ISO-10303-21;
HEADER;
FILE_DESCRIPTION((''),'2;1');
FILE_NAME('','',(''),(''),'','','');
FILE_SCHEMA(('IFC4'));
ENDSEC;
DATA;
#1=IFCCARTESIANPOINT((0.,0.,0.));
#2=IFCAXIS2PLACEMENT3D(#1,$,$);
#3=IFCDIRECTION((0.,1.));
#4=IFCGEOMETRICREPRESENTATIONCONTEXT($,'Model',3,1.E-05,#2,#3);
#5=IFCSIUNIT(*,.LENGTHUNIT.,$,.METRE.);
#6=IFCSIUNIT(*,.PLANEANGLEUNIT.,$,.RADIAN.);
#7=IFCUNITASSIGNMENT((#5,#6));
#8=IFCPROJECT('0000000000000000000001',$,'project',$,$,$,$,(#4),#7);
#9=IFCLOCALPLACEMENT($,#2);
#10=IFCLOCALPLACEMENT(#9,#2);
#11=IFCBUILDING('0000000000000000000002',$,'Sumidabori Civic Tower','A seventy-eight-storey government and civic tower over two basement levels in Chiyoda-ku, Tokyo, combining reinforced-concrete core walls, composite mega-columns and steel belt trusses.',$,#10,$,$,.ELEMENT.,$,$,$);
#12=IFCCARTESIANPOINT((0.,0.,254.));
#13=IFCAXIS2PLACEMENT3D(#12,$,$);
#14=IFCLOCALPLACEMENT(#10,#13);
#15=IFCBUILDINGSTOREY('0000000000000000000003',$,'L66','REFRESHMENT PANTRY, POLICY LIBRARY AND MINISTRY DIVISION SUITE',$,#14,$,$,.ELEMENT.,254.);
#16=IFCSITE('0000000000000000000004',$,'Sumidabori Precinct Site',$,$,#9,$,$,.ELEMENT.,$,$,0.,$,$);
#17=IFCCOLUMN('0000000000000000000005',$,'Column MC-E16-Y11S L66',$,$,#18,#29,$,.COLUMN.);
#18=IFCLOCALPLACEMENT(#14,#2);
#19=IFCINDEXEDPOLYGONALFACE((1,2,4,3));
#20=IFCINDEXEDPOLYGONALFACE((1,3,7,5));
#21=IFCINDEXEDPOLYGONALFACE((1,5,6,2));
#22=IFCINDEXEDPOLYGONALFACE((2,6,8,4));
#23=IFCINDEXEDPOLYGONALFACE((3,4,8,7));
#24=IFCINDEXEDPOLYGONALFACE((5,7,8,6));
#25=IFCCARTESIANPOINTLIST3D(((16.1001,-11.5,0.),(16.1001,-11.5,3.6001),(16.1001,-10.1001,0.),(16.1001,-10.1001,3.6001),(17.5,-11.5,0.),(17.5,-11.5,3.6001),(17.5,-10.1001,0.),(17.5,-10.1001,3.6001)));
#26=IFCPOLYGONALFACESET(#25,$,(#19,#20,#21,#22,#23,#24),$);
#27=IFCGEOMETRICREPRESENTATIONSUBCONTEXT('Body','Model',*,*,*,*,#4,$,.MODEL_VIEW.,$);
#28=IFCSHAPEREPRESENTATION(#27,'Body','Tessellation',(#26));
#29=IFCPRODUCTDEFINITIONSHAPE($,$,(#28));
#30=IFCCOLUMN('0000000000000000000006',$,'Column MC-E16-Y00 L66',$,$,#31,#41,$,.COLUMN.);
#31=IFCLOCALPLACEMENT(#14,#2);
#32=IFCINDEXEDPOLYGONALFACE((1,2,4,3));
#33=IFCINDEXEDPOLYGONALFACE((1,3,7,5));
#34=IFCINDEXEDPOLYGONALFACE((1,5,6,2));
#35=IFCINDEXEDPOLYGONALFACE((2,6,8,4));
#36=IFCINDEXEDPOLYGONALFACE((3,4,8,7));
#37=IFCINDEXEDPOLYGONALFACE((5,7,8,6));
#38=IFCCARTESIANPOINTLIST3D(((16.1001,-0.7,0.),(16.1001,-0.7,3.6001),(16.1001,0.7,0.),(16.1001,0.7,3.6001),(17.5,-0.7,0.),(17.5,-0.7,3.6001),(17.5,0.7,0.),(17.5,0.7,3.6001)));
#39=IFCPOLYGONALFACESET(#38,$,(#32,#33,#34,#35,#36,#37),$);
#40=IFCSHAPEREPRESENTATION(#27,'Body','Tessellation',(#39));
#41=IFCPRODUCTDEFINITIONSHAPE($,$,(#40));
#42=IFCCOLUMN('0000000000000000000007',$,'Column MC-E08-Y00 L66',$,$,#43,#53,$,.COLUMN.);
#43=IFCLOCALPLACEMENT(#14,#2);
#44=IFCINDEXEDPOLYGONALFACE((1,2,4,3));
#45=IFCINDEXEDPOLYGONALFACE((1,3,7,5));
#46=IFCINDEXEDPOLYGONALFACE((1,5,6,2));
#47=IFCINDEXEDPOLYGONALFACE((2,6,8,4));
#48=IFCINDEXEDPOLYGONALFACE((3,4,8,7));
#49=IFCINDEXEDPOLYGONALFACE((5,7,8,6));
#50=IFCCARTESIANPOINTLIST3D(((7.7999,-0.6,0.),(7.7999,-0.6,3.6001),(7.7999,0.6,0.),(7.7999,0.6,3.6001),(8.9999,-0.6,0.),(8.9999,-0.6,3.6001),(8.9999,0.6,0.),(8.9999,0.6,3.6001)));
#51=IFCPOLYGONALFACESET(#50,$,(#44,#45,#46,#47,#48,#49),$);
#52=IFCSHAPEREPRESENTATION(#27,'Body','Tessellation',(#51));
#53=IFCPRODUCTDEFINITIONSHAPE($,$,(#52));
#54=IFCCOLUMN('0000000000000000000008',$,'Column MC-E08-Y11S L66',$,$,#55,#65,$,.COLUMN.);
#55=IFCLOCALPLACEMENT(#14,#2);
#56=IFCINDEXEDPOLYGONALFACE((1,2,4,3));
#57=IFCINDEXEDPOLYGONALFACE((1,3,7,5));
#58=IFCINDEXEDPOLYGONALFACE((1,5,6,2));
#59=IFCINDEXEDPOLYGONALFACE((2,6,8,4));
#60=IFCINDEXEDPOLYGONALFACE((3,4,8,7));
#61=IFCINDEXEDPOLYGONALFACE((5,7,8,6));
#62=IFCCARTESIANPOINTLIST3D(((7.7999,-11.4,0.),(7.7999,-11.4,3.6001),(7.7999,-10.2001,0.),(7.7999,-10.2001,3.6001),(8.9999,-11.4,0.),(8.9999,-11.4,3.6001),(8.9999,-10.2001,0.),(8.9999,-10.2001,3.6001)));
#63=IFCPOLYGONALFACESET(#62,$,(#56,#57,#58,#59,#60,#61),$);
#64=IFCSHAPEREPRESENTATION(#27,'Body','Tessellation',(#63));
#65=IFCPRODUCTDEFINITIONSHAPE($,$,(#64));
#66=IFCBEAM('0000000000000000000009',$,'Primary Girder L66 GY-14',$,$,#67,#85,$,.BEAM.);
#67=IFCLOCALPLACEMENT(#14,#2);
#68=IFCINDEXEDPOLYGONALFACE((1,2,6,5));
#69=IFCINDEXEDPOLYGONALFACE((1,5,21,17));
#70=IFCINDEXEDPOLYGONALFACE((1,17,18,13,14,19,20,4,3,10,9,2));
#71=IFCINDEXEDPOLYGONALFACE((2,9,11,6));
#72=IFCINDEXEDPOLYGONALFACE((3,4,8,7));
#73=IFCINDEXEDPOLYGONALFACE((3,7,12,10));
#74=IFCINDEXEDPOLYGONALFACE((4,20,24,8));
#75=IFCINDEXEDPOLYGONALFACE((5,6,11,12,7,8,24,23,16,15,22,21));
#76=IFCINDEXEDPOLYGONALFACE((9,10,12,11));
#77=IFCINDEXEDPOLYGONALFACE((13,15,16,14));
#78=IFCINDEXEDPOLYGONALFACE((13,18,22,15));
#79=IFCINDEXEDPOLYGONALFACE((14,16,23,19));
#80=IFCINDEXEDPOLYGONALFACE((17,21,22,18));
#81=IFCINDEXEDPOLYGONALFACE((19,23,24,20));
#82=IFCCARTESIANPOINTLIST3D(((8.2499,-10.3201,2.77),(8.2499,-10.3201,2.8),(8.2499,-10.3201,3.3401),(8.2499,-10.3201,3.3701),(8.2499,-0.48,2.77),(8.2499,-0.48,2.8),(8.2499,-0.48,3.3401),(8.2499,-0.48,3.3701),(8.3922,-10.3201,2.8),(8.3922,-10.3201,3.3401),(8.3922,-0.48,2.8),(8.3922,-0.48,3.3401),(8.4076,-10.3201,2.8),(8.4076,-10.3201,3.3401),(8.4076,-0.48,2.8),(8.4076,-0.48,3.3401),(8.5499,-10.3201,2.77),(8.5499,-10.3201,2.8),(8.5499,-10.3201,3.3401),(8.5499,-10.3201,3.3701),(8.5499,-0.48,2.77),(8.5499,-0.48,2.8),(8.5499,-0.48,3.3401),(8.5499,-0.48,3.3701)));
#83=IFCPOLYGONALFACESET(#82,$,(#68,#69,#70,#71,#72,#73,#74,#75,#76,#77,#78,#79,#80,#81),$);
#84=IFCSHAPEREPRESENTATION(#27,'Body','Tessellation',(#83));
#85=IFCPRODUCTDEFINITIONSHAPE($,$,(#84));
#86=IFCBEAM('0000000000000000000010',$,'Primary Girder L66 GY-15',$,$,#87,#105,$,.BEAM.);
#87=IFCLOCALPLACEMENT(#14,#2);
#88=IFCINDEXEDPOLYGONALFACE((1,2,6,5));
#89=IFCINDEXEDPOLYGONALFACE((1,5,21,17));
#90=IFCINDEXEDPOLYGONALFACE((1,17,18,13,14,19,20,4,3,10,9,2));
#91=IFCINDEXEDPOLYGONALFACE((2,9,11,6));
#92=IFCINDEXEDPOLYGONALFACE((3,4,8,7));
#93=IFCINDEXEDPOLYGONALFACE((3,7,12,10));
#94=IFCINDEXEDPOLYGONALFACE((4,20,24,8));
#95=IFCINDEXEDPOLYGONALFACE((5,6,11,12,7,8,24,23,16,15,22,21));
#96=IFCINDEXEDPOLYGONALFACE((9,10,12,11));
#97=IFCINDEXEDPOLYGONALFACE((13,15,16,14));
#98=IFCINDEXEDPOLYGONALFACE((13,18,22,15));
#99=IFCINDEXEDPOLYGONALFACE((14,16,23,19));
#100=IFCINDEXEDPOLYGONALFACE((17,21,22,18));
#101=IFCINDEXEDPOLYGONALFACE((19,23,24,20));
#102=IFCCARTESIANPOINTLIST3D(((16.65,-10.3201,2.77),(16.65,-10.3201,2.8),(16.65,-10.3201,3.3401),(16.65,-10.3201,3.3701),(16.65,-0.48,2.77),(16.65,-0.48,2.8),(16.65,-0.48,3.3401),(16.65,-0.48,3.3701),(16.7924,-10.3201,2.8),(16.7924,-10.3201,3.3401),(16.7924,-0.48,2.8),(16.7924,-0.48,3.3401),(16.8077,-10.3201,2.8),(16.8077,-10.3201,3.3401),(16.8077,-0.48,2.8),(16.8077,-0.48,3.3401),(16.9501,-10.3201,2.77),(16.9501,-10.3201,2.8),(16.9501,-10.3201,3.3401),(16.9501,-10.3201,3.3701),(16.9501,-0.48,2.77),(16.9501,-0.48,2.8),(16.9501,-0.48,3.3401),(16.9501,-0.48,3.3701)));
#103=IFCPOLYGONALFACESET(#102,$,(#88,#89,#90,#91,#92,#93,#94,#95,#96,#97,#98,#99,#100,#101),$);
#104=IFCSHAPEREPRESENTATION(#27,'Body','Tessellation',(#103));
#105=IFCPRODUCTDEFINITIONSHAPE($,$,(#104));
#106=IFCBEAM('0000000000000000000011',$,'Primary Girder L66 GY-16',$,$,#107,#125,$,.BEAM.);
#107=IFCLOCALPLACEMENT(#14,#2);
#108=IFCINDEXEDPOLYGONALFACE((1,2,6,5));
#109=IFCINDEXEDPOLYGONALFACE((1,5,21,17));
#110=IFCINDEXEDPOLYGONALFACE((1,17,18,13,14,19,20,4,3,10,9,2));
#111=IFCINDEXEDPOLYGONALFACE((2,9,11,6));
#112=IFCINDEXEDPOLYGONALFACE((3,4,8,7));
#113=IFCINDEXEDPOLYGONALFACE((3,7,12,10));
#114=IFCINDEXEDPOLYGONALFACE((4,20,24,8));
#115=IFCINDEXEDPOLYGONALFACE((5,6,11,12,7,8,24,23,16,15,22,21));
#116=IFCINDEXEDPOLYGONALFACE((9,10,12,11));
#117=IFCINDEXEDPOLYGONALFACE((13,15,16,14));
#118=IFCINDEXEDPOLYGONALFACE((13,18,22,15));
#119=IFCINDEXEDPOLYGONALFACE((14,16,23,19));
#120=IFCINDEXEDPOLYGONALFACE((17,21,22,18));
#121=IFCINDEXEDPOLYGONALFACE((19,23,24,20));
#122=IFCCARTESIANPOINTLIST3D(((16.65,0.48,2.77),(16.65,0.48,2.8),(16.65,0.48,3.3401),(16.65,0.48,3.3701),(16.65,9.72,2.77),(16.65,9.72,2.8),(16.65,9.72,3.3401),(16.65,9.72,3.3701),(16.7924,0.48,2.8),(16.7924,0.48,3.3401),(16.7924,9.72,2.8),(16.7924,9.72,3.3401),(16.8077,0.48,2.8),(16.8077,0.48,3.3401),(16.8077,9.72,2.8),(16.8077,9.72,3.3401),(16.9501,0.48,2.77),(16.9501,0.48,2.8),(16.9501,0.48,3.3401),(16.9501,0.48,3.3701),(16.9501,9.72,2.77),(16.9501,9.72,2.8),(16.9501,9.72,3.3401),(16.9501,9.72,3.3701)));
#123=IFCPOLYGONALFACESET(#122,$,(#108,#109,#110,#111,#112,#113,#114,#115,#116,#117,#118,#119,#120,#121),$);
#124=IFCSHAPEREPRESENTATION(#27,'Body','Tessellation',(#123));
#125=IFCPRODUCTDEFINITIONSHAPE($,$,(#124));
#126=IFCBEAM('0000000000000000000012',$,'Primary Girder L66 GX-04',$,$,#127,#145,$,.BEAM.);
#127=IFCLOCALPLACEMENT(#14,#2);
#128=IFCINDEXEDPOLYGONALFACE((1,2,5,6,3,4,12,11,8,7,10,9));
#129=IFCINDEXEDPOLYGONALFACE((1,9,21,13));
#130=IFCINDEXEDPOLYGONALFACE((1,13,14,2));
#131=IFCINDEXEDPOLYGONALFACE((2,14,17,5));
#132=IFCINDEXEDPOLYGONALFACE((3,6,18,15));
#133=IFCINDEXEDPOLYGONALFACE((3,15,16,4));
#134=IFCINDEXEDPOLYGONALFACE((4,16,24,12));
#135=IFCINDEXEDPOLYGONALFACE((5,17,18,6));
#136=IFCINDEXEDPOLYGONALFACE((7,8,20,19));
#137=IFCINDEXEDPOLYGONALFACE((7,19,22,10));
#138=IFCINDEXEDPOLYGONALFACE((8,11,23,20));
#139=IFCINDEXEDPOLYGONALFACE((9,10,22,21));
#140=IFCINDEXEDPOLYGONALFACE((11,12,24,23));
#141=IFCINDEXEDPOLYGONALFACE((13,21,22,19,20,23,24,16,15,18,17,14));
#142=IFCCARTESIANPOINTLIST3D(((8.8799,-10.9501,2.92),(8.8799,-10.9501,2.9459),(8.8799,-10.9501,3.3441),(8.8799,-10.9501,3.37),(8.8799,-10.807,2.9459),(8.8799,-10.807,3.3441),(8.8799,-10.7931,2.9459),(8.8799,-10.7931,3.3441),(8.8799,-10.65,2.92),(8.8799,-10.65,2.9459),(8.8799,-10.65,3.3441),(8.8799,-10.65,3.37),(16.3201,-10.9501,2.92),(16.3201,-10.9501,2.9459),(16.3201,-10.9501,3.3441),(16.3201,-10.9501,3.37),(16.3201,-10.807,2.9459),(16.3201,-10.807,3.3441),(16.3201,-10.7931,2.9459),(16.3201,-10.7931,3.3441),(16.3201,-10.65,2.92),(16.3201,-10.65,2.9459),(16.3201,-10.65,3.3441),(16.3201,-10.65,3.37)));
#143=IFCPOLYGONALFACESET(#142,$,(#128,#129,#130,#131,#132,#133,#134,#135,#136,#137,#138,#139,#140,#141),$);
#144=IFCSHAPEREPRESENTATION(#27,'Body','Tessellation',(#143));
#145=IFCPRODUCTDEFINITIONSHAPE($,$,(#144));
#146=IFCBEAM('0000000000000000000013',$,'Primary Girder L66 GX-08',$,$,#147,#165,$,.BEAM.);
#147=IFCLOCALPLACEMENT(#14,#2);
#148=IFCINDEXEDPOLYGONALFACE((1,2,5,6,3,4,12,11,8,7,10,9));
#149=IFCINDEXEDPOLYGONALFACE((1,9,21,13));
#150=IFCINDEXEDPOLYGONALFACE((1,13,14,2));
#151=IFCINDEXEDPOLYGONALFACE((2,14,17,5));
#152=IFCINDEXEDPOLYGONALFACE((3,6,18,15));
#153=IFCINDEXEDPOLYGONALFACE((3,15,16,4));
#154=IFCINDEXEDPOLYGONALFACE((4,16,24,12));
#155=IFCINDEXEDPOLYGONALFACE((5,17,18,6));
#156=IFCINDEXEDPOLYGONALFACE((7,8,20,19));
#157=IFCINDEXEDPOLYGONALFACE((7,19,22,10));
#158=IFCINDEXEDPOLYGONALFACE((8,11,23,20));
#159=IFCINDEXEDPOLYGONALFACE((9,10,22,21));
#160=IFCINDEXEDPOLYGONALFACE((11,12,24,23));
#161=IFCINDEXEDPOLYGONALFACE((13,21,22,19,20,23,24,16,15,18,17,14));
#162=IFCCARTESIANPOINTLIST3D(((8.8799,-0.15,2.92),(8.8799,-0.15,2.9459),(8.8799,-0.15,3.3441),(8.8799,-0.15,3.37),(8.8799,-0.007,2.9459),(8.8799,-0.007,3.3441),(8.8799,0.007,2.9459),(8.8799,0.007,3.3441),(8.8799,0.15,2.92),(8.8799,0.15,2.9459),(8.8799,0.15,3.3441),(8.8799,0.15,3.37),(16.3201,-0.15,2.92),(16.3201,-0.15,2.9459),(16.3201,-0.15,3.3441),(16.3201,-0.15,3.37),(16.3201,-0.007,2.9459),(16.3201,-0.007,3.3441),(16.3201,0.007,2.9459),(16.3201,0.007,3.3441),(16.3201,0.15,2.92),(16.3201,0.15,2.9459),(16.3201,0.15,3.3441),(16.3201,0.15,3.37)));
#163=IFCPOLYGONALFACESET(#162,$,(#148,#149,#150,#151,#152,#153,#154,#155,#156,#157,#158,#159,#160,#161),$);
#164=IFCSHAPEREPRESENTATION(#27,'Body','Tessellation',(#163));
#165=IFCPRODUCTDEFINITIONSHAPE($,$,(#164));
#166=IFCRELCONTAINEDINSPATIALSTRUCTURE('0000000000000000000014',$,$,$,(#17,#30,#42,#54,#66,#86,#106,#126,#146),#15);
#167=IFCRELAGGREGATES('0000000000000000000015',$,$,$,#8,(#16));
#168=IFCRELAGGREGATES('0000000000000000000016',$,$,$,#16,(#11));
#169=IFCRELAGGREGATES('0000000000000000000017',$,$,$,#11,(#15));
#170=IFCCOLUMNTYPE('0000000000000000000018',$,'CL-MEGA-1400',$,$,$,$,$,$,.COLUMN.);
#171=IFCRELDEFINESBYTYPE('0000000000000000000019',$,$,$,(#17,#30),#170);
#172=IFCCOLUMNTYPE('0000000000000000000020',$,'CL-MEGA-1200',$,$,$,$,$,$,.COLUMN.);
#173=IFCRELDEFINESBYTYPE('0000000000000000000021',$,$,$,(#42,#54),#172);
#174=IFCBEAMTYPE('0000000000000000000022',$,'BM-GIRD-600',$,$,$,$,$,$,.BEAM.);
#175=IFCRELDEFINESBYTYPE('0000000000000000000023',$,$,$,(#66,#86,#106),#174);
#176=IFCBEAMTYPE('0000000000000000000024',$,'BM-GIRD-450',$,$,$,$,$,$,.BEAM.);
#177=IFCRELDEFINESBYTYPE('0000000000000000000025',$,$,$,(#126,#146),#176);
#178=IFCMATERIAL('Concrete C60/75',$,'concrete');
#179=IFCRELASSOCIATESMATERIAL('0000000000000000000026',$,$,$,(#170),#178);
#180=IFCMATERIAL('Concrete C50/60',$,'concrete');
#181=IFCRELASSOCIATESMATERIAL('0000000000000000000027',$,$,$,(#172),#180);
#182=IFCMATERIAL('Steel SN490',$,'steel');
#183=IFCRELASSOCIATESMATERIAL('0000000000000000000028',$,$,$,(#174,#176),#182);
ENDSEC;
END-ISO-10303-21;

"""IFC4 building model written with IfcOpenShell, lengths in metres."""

from ifc_helpers import new_model, si_unit, direction, frame, origin, origin_2d, place, context, subcontext, project, spatial, rectangle, i_section, extrude, source, transform, mapped, material, material_profile, profile_set, type_object, element, save


model = new_model("IFC4")

# Units and contexts
model_context = context("Model", 3, precision=1e-05, world=origin(), true_north=direction((0.0, 1.0)))
body_context = subcontext(model_context, "Body", "Model", "MODEL_VIEW")
ifc_project = project(units=[si_unit("LENGTHUNIT", "METRE"), si_unit("PLANEANGLEUNIT", "RADIAN")], contexts=[model_context])

# Site, building, storey
site_placement = place(None, origin())
site = spatial("IfcSite", under=ifc_project, at=site_placement, Name="Sumidabori Precinct Site", CompositionType="ELEMENT", RefElevation=0.0)
building_placement = place(site_placement, origin())
building = spatial("IfcBuilding", under=site, at=building_placement, Name="Sumidabori Civic Tower", Description="A seventy-eight-storey government and civic tower over two basement levels in Chiyoda-ku, Tokyo, combining reinforced-concrete core walls, composite mega-columns and steel belt trusses.", CompositionType="ELEMENT")
storey_placement = place(building_placement, frame((0.0, 0.0, 254.0)))
storey = spatial("IfcBuildingStorey", under=building, at=storey_placement, Name="L66", Description="REFRESHMENT PANTRY, POLICY LIBRARY AND MINISTRY DIVISION SUITE", CompositionType="ELEMENT", Elevation=254.0)

# Columns
ifc_material_1 = material(Name="Concrete C60/75", Category="concrete")
ifc_material_profile_1 = material_profile(ifc_material_1, rectangle(XDim=1.3999, YDim=1.3999, at=origin_2d()), Name="RC 1400x1400")
ifc_profile_set_1 = profile_set([ifc_material_profile_1], Name="Concrete C60/75")
column_type_1 = type_object("IfcColumnType", Name="CL-MEGA-1400", PredefinedType="COLUMN", material=ifc_profile_set_1)
shared_shape_1 = source(origin(), body_context, "Body", "SweptSolid", [
    extrude(rectangle(XDim=1.3999, YDim=1.3999, at=origin_2d()), origin(), (0.0, 0.0, 1.0), 3.6001),
])
for number, where, z_axis, x_axis, name in (
    (1, (16.8, -10.8, 0.0), (0.0, 0.0, 1.0), (1.0, 0.0, 0.0), "Column MC-E16-Y11S L66"),
    (2, (16.8, 0.0, 0.0), (0.0, 0.0, 1.0), (1.0, 0.0, 0.0), "Column MC-E16-Y00 L66"),
):
    element("IfcColumn", number, at=place(storey_placement, frame(where, z_axis=z_axis, x_axis=x_axis)), inside=storey, type_object=column_type_1, Name=name, PredefinedType="COLUMN", context=body_context, shape_type="MappedRepresentation", body=[
        mapped(shared_shape_1, transform((0.0, 0.0, 0.0), x_axis=(1.0, 0.0, 0.0), y_axis=(0.0, 1.0, 0.0), z_axis=(0.0, 0.0, 1.0), scale=1.0)),
    ])
ifc_material_2 = material(Name="Concrete C50/60", Category="concrete")
ifc_material_profile_2 = material_profile(ifc_material_2, rectangle(XDim=1.2, YDim=1.2, at=origin_2d()), Name="RC 1200x1200")
ifc_profile_set_2 = profile_set([ifc_material_profile_2], Name="Concrete C50/60")
column_type_2 = type_object("IfcColumnType", Name="CL-MEGA-1200", PredefinedType="COLUMN", material=ifc_profile_set_2)
shared_shape_2 = source(origin(), body_context, "Body", "SweptSolid", [
    extrude(rectangle(XDim=1.2, YDim=1.2, at=origin_2d()), origin(), (0.0, 0.0, 1.0), 3.6001),
])
for number, where, z_axis, x_axis, name in (
    (3, (8.3999, 0.0, 0.0), (0.0, 0.0, 1.0), (1.0, 0.0, 0.0), "Column MC-E08-Y00 L66"),
    (4, (8.3999, -10.8, 0.0), (0.0, 0.0, 1.0), (1.0, 0.0, 0.0), "Column MC-E08-Y11S L66"),
):
    element("IfcColumn", number, at=place(storey_placement, frame(where, z_axis=z_axis, x_axis=x_axis)), inside=storey, type_object=column_type_2, Name=name, PredefinedType="COLUMN", context=body_context, shape_type="MappedRepresentation", body=[
        mapped(shared_shape_2, transform((0.0, 0.0, 0.0), x_axis=(1.0, 0.0, 0.0), y_axis=(0.0, 1.0, 0.0), z_axis=(0.0, 0.0, 1.0), scale=1.0)),
    ])

# Beams
ifc_material_3 = material(Name="Steel SN490", Category="steel")
ifc_material_profile_3 = material_profile(ifc_material_3, i_section(OverallWidth=0.3, OverallDepth=0.6001, WebThickness=0.0154, FlangeThickness=0.03, at=origin_2d()), Name="HE 600 B")
ifc_profile_set_3 = profile_set([ifc_material_profile_3], Name="Steel SN490")
beam_type_1 = type_object("IfcBeamType", Name="BM-GIRD-600", PredefinedType="BEAM", material=ifc_profile_set_3)
shared_shape_3 = source(origin(), body_context, "Body", "SweptSolid", [
    extrude(i_section(OverallWidth=0.3, OverallDepth=0.6001, WebThickness=0.0154, FlangeThickness=0.03, at=origin_2d()), origin(), (0.0, 0.0, 1.0), 9.8401),
])
for number, where, z_axis, x_axis, name in (
    (5, (8.3999, -10.3201, 3.0701), (0.0, 1.0, 0.0), (-1.0, 0.0, 0.0), "Primary Girder L66 GY-14"),
    (6, (16.8, -10.3201, 3.0701), (0.0, 1.0, 0.0), (-1.0, 0.0, 0.0), "Primary Girder L66 GY-15"),
):
    element("IfcBeam", number, at=place(storey_placement, frame(where, z_axis=z_axis, x_axis=x_axis)), inside=storey, type_object=beam_type_1, Name=name, PredefinedType="BEAM", context=body_context, shape_type="MappedRepresentation", body=[
        mapped(shared_shape_3, transform((0.0, 0.0, 0.0), x_axis=(1.0, 0.0, 0.0), y_axis=(0.0, 1.0, 0.0), z_axis=(0.0, 0.0, 1.0), scale=1.0)),
    ])
shared_shape_4 = source(origin(), body_context, "Body", "SweptSolid", [
    extrude(i_section(OverallWidth=0.3, OverallDepth=0.6001, WebThickness=0.0154, FlangeThickness=0.03, at=origin_2d()), origin(), (0.0, 0.0, 1.0), 9.24),
])
beam_1_placement = place(storey_placement, frame((16.8, 0.48, 3.0701), z_axis=(0.0, 1.0, 0.0), x_axis=(-1.0, 0.0, 0.0)))
element("IfcBeam", 7, at=beam_1_placement, inside=storey, type_object=beam_type_1, Name="Primary Girder L66 GY-16", PredefinedType="BEAM", context=body_context, shape_type="MappedRepresentation", body=[
    mapped(shared_shape_4, transform((0.0, 0.0, 0.0), x_axis=(1.0, 0.0, 0.0), y_axis=(0.0, 1.0, 0.0), z_axis=(0.0, 0.0, 1.0), scale=1.0)),
])
ifc_material_profile_4 = material_profile(ifc_material_3, i_section(OverallWidth=0.3, OverallDepth=0.45, WebThickness=0.0139, FlangeThickness=0.0259, at=origin_2d()), Name="HE 450 B")
ifc_profile_set_4 = profile_set([ifc_material_profile_4], Name="Steel SN490")
beam_type_2 = type_object("IfcBeamType", Name="BM-GIRD-450", PredefinedType="BEAM", material=ifc_profile_set_4)
shared_shape_5 = source(origin(), body_context, "Body", "SweptSolid", [
    extrude(i_section(OverallWidth=0.3, OverallDepth=0.45, WebThickness=0.0139, FlangeThickness=0.0259, at=origin_2d()), origin(), (0.0, 0.0, 1.0), 7.4402),
])
for number, where, z_axis, x_axis, name in (
    (8, (8.8799, -10.8, 3.145), (1.0, 0.0, 0.0), (0.0, 1.0, 0.0), "Primary Girder L66 GX-04"),
    (9, (8.8799, 0.0, 3.145), (1.0, 0.0, 0.0), (0.0, 1.0, 0.0), "Primary Girder L66 GX-08"),
):
    element("IfcBeam", number, at=place(storey_placement, frame(where, z_axis=z_axis, x_axis=x_axis)), inside=storey, type_object=beam_type_2, Name=name, PredefinedType="BEAM", context=body_context, shape_type="MappedRepresentation", body=[
        mapped(shared_shape_5, transform((0.0, 0.0, 0.0), x_axis=(1.0, 0.0, 0.0), y_axis=(0.0, 1.0, 0.0), z_axis=(0.0, 0.0, 1.0), scale=1.0)),
    ])

save(model, "model.ifc")
